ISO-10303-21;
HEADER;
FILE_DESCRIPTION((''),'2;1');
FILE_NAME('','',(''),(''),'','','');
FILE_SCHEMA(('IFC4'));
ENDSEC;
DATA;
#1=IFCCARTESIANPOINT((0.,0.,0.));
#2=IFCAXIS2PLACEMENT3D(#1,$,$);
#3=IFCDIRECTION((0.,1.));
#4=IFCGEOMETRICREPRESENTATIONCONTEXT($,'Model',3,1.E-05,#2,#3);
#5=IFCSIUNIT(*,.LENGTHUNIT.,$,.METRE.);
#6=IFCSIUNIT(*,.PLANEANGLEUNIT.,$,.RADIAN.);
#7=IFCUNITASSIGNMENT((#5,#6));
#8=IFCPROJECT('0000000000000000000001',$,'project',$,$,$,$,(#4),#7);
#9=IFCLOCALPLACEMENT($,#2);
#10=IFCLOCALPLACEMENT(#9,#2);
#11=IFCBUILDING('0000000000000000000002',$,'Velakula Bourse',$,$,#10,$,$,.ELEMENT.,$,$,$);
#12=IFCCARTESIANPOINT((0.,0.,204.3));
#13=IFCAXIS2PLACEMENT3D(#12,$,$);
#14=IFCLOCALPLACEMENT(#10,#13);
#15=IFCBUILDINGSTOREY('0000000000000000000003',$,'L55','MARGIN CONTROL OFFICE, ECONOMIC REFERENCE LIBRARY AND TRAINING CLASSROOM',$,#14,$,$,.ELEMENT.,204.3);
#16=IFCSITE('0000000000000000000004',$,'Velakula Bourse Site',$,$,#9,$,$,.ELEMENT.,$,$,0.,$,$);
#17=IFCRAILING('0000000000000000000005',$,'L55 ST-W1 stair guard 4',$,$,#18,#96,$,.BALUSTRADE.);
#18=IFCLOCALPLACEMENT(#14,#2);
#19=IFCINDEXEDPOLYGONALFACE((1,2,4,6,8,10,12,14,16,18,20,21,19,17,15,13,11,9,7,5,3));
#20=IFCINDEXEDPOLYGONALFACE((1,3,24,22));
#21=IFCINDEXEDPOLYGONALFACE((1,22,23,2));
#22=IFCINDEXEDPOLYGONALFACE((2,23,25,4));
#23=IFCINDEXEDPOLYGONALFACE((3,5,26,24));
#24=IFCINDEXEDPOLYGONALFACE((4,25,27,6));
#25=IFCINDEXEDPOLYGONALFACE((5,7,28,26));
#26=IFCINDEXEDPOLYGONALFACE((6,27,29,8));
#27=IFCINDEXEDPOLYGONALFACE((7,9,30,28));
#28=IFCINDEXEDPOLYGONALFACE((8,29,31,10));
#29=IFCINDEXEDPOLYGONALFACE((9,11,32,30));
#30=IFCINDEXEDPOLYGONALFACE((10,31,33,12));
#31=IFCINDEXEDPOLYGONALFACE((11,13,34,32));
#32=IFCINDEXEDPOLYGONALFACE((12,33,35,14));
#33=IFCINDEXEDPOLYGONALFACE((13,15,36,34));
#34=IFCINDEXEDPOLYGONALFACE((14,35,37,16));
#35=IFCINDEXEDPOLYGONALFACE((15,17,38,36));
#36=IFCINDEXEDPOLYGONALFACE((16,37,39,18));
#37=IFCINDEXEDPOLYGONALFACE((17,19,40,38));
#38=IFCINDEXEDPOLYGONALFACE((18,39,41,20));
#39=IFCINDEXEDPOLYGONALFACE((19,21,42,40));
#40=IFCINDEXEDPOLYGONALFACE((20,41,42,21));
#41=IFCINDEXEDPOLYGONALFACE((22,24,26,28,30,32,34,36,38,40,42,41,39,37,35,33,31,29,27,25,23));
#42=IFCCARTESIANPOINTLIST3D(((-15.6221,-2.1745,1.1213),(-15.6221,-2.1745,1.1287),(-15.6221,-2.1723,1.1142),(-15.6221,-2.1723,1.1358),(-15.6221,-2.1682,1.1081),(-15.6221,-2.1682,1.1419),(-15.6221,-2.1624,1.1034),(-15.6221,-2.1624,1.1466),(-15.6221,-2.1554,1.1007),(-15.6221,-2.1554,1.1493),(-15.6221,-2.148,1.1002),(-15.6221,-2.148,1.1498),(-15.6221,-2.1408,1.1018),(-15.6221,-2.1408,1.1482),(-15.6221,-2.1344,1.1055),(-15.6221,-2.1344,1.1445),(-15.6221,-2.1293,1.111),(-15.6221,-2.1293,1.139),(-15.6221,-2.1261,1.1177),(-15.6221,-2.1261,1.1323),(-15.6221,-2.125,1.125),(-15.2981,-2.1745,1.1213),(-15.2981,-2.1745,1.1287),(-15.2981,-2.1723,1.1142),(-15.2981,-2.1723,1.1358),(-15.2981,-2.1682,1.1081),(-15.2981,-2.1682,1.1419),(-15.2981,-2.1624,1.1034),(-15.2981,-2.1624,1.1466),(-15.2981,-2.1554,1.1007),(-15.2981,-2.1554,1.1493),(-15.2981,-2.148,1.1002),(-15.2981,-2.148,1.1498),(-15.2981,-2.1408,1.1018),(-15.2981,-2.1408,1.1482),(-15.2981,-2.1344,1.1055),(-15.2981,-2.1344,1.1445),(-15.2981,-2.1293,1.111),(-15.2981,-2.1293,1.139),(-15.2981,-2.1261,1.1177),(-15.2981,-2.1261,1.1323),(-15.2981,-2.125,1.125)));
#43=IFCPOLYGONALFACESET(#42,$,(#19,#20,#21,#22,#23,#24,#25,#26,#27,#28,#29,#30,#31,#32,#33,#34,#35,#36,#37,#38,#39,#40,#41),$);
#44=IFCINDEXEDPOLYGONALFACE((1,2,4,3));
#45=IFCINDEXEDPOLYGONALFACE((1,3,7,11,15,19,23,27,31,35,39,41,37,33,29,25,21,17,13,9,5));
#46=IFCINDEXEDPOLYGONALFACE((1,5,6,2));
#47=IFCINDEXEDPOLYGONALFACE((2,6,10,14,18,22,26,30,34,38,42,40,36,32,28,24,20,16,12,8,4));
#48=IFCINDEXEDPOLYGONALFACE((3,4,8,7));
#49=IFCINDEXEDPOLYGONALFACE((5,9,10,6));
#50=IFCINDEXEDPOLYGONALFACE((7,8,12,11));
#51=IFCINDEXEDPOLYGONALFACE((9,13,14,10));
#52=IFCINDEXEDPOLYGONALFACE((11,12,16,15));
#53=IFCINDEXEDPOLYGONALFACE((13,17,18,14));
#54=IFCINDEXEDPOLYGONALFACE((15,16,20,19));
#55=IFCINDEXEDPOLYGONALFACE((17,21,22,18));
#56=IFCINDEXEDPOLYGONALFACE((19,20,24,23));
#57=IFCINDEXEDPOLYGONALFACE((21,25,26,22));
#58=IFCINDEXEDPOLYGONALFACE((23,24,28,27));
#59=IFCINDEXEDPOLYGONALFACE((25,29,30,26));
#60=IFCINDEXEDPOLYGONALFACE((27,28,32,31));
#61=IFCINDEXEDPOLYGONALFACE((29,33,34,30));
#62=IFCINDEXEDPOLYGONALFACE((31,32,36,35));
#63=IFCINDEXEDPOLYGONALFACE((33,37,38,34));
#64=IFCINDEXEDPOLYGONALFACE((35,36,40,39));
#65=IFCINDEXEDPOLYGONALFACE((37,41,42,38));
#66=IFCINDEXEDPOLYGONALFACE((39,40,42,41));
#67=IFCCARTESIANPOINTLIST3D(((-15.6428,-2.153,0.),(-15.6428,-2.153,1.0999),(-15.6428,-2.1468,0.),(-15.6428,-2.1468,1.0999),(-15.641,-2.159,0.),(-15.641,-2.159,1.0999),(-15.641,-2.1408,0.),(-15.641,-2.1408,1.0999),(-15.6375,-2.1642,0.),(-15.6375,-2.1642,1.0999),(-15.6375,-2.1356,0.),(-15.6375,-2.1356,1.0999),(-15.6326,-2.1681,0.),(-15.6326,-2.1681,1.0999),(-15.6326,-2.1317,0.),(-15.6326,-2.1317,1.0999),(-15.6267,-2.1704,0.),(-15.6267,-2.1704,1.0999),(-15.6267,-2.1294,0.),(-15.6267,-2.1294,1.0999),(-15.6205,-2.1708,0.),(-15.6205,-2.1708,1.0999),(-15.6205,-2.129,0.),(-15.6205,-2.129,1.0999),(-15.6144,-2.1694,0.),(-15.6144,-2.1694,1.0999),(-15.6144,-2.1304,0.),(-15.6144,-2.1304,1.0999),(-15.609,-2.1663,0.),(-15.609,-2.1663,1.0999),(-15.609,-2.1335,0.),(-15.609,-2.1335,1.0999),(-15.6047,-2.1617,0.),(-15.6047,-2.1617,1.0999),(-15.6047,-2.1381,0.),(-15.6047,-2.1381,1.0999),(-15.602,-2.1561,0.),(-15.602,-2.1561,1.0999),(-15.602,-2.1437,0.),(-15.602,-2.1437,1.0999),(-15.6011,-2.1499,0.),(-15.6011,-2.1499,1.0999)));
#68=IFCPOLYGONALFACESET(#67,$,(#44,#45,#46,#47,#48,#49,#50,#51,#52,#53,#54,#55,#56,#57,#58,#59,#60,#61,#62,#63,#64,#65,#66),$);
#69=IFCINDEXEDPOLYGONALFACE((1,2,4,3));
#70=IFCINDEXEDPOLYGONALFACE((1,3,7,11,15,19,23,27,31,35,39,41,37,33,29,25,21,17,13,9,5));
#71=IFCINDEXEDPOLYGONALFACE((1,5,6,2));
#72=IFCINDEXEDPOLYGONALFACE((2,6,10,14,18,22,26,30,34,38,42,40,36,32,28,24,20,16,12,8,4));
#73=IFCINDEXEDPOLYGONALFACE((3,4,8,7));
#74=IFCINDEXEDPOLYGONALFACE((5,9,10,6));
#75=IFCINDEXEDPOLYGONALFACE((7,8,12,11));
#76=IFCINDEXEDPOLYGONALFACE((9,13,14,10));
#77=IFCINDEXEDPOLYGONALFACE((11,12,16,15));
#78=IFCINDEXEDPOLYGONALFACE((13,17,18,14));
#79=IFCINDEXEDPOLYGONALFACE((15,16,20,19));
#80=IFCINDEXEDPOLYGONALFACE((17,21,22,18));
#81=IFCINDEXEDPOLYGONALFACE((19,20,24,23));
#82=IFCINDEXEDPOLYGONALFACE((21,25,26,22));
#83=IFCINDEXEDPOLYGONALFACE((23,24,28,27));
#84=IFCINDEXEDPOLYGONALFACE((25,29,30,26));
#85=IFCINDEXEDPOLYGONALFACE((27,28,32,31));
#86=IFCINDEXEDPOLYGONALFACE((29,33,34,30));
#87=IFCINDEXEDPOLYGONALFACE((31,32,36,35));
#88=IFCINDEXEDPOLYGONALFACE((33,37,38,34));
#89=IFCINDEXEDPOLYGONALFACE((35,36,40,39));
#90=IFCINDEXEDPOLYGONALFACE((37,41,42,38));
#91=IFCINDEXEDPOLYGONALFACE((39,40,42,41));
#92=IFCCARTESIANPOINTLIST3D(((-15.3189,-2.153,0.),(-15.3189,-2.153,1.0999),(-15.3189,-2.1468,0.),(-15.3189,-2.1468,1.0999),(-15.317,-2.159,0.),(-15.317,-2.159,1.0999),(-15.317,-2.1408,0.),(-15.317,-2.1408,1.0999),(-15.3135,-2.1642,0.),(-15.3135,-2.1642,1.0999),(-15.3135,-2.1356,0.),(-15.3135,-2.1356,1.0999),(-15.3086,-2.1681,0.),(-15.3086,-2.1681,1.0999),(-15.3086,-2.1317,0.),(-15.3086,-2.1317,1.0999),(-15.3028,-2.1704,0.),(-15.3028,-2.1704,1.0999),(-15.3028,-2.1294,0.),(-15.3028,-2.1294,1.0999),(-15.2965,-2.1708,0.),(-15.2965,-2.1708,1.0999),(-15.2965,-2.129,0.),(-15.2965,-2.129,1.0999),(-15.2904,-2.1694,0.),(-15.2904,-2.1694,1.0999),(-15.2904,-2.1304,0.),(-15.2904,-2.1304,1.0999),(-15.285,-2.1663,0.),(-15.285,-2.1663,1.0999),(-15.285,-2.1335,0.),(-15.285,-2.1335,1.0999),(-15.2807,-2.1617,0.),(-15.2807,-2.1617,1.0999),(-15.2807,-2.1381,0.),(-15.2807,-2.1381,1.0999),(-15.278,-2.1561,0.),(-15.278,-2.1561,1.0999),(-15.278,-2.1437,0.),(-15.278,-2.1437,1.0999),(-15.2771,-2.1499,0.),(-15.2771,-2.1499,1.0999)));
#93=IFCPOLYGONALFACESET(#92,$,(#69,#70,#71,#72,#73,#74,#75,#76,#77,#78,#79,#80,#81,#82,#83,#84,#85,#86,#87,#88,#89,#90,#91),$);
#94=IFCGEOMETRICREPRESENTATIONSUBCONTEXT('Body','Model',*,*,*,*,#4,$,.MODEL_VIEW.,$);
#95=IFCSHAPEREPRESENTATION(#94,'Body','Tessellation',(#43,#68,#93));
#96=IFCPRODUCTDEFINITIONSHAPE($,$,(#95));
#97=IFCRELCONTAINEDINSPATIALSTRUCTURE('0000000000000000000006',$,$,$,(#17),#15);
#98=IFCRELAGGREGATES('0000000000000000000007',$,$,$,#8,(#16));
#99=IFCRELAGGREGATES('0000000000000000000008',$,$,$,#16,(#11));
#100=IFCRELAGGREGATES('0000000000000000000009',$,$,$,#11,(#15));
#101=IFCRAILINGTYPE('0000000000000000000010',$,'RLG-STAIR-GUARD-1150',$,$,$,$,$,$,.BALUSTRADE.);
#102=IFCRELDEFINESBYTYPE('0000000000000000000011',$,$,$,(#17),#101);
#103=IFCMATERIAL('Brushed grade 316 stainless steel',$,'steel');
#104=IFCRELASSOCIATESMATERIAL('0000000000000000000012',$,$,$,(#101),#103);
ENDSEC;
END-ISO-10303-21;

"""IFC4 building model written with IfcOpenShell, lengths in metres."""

from ifc_helpers import new_model, si_unit, direction, frame, origin, origin_2d, place, context, subcontext, project, spatial, circle, extrude, material, type_object, element, save


model = new_model("IFC4")

# Units and contexts
model_context = context("Model", 3, precision=1e-05, world=origin(), true_north=direction((0.0, 1.0)))
body_context = subcontext(model_context, "Body", "Model", "MODEL_VIEW")
ifc_project = project(units=[si_unit("LENGTHUNIT", "METRE"), si_unit("PLANEANGLEUNIT", "RADIAN")], contexts=[model_context])

# Site, building, storey
site_placement = place(None, origin())
site = spatial("IfcSite", under=ifc_project, at=site_placement, Name="Velakula Bourse Site", CompositionType="ELEMENT", RefElevation=0.0)
building_placement = place(site_placement, origin())
building = spatial("IfcBuilding", under=site, at=building_placement, Name="Velakula Bourse", CompositionType="ELEMENT")
storey_placement = place(building_placement, frame((0.0, 0.0, 204.3)))
storey = spatial("IfcBuildingStorey", under=building, at=storey_placement, Name="L55", Description="MARGIN CONTROL OFFICE, ECONOMIC REFERENCE LIBRARY AND TRAINING CLASSROOM", CompositionType="ELEMENT", Elevation=204.3)

# Shared definitions
ifc_material_1 = material(Name="Brushed grade 316 stainless steel", Category="steel")

# Railing
railing_type_1 = type_object("IfcRailingType", Name="RLG-STAIR-GUARD-1150", PredefinedType="BALUSTRADE", material=ifc_material_1)
railing_1_placement = place(storey_placement, frame((-15.6221, -2.1499, 0.0)))
element("IfcRailing", 1, at=railing_1_placement, inside=storey, type_object=railing_type_1, Name="L55 ST-W1 stair guard 4", PredefinedType="BALUSTRADE", context=body_context, shape_type="SweptSolid", body=[
    extrude(circle(Radius=0.0249, at=origin_2d()), frame((0.0, 0.0, 1.125), z_axis=(1.0, 0.0, 0.0), x_axis=(0.0, 1.0, 0.0)), (0.0, 0.0, 1.0), 0.324),
    extrude(circle(Radius=0.021, at=origin_2d()), origin(), (0.0, 0.0, 1.0), 1.0999),
    extrude(circle(Radius=0.021, at=origin_2d()), frame((0.324, 0.0, 0.0)), (0.0, 0.0, 1.0), 1.0999),
])

save(model, "model.ifc")
